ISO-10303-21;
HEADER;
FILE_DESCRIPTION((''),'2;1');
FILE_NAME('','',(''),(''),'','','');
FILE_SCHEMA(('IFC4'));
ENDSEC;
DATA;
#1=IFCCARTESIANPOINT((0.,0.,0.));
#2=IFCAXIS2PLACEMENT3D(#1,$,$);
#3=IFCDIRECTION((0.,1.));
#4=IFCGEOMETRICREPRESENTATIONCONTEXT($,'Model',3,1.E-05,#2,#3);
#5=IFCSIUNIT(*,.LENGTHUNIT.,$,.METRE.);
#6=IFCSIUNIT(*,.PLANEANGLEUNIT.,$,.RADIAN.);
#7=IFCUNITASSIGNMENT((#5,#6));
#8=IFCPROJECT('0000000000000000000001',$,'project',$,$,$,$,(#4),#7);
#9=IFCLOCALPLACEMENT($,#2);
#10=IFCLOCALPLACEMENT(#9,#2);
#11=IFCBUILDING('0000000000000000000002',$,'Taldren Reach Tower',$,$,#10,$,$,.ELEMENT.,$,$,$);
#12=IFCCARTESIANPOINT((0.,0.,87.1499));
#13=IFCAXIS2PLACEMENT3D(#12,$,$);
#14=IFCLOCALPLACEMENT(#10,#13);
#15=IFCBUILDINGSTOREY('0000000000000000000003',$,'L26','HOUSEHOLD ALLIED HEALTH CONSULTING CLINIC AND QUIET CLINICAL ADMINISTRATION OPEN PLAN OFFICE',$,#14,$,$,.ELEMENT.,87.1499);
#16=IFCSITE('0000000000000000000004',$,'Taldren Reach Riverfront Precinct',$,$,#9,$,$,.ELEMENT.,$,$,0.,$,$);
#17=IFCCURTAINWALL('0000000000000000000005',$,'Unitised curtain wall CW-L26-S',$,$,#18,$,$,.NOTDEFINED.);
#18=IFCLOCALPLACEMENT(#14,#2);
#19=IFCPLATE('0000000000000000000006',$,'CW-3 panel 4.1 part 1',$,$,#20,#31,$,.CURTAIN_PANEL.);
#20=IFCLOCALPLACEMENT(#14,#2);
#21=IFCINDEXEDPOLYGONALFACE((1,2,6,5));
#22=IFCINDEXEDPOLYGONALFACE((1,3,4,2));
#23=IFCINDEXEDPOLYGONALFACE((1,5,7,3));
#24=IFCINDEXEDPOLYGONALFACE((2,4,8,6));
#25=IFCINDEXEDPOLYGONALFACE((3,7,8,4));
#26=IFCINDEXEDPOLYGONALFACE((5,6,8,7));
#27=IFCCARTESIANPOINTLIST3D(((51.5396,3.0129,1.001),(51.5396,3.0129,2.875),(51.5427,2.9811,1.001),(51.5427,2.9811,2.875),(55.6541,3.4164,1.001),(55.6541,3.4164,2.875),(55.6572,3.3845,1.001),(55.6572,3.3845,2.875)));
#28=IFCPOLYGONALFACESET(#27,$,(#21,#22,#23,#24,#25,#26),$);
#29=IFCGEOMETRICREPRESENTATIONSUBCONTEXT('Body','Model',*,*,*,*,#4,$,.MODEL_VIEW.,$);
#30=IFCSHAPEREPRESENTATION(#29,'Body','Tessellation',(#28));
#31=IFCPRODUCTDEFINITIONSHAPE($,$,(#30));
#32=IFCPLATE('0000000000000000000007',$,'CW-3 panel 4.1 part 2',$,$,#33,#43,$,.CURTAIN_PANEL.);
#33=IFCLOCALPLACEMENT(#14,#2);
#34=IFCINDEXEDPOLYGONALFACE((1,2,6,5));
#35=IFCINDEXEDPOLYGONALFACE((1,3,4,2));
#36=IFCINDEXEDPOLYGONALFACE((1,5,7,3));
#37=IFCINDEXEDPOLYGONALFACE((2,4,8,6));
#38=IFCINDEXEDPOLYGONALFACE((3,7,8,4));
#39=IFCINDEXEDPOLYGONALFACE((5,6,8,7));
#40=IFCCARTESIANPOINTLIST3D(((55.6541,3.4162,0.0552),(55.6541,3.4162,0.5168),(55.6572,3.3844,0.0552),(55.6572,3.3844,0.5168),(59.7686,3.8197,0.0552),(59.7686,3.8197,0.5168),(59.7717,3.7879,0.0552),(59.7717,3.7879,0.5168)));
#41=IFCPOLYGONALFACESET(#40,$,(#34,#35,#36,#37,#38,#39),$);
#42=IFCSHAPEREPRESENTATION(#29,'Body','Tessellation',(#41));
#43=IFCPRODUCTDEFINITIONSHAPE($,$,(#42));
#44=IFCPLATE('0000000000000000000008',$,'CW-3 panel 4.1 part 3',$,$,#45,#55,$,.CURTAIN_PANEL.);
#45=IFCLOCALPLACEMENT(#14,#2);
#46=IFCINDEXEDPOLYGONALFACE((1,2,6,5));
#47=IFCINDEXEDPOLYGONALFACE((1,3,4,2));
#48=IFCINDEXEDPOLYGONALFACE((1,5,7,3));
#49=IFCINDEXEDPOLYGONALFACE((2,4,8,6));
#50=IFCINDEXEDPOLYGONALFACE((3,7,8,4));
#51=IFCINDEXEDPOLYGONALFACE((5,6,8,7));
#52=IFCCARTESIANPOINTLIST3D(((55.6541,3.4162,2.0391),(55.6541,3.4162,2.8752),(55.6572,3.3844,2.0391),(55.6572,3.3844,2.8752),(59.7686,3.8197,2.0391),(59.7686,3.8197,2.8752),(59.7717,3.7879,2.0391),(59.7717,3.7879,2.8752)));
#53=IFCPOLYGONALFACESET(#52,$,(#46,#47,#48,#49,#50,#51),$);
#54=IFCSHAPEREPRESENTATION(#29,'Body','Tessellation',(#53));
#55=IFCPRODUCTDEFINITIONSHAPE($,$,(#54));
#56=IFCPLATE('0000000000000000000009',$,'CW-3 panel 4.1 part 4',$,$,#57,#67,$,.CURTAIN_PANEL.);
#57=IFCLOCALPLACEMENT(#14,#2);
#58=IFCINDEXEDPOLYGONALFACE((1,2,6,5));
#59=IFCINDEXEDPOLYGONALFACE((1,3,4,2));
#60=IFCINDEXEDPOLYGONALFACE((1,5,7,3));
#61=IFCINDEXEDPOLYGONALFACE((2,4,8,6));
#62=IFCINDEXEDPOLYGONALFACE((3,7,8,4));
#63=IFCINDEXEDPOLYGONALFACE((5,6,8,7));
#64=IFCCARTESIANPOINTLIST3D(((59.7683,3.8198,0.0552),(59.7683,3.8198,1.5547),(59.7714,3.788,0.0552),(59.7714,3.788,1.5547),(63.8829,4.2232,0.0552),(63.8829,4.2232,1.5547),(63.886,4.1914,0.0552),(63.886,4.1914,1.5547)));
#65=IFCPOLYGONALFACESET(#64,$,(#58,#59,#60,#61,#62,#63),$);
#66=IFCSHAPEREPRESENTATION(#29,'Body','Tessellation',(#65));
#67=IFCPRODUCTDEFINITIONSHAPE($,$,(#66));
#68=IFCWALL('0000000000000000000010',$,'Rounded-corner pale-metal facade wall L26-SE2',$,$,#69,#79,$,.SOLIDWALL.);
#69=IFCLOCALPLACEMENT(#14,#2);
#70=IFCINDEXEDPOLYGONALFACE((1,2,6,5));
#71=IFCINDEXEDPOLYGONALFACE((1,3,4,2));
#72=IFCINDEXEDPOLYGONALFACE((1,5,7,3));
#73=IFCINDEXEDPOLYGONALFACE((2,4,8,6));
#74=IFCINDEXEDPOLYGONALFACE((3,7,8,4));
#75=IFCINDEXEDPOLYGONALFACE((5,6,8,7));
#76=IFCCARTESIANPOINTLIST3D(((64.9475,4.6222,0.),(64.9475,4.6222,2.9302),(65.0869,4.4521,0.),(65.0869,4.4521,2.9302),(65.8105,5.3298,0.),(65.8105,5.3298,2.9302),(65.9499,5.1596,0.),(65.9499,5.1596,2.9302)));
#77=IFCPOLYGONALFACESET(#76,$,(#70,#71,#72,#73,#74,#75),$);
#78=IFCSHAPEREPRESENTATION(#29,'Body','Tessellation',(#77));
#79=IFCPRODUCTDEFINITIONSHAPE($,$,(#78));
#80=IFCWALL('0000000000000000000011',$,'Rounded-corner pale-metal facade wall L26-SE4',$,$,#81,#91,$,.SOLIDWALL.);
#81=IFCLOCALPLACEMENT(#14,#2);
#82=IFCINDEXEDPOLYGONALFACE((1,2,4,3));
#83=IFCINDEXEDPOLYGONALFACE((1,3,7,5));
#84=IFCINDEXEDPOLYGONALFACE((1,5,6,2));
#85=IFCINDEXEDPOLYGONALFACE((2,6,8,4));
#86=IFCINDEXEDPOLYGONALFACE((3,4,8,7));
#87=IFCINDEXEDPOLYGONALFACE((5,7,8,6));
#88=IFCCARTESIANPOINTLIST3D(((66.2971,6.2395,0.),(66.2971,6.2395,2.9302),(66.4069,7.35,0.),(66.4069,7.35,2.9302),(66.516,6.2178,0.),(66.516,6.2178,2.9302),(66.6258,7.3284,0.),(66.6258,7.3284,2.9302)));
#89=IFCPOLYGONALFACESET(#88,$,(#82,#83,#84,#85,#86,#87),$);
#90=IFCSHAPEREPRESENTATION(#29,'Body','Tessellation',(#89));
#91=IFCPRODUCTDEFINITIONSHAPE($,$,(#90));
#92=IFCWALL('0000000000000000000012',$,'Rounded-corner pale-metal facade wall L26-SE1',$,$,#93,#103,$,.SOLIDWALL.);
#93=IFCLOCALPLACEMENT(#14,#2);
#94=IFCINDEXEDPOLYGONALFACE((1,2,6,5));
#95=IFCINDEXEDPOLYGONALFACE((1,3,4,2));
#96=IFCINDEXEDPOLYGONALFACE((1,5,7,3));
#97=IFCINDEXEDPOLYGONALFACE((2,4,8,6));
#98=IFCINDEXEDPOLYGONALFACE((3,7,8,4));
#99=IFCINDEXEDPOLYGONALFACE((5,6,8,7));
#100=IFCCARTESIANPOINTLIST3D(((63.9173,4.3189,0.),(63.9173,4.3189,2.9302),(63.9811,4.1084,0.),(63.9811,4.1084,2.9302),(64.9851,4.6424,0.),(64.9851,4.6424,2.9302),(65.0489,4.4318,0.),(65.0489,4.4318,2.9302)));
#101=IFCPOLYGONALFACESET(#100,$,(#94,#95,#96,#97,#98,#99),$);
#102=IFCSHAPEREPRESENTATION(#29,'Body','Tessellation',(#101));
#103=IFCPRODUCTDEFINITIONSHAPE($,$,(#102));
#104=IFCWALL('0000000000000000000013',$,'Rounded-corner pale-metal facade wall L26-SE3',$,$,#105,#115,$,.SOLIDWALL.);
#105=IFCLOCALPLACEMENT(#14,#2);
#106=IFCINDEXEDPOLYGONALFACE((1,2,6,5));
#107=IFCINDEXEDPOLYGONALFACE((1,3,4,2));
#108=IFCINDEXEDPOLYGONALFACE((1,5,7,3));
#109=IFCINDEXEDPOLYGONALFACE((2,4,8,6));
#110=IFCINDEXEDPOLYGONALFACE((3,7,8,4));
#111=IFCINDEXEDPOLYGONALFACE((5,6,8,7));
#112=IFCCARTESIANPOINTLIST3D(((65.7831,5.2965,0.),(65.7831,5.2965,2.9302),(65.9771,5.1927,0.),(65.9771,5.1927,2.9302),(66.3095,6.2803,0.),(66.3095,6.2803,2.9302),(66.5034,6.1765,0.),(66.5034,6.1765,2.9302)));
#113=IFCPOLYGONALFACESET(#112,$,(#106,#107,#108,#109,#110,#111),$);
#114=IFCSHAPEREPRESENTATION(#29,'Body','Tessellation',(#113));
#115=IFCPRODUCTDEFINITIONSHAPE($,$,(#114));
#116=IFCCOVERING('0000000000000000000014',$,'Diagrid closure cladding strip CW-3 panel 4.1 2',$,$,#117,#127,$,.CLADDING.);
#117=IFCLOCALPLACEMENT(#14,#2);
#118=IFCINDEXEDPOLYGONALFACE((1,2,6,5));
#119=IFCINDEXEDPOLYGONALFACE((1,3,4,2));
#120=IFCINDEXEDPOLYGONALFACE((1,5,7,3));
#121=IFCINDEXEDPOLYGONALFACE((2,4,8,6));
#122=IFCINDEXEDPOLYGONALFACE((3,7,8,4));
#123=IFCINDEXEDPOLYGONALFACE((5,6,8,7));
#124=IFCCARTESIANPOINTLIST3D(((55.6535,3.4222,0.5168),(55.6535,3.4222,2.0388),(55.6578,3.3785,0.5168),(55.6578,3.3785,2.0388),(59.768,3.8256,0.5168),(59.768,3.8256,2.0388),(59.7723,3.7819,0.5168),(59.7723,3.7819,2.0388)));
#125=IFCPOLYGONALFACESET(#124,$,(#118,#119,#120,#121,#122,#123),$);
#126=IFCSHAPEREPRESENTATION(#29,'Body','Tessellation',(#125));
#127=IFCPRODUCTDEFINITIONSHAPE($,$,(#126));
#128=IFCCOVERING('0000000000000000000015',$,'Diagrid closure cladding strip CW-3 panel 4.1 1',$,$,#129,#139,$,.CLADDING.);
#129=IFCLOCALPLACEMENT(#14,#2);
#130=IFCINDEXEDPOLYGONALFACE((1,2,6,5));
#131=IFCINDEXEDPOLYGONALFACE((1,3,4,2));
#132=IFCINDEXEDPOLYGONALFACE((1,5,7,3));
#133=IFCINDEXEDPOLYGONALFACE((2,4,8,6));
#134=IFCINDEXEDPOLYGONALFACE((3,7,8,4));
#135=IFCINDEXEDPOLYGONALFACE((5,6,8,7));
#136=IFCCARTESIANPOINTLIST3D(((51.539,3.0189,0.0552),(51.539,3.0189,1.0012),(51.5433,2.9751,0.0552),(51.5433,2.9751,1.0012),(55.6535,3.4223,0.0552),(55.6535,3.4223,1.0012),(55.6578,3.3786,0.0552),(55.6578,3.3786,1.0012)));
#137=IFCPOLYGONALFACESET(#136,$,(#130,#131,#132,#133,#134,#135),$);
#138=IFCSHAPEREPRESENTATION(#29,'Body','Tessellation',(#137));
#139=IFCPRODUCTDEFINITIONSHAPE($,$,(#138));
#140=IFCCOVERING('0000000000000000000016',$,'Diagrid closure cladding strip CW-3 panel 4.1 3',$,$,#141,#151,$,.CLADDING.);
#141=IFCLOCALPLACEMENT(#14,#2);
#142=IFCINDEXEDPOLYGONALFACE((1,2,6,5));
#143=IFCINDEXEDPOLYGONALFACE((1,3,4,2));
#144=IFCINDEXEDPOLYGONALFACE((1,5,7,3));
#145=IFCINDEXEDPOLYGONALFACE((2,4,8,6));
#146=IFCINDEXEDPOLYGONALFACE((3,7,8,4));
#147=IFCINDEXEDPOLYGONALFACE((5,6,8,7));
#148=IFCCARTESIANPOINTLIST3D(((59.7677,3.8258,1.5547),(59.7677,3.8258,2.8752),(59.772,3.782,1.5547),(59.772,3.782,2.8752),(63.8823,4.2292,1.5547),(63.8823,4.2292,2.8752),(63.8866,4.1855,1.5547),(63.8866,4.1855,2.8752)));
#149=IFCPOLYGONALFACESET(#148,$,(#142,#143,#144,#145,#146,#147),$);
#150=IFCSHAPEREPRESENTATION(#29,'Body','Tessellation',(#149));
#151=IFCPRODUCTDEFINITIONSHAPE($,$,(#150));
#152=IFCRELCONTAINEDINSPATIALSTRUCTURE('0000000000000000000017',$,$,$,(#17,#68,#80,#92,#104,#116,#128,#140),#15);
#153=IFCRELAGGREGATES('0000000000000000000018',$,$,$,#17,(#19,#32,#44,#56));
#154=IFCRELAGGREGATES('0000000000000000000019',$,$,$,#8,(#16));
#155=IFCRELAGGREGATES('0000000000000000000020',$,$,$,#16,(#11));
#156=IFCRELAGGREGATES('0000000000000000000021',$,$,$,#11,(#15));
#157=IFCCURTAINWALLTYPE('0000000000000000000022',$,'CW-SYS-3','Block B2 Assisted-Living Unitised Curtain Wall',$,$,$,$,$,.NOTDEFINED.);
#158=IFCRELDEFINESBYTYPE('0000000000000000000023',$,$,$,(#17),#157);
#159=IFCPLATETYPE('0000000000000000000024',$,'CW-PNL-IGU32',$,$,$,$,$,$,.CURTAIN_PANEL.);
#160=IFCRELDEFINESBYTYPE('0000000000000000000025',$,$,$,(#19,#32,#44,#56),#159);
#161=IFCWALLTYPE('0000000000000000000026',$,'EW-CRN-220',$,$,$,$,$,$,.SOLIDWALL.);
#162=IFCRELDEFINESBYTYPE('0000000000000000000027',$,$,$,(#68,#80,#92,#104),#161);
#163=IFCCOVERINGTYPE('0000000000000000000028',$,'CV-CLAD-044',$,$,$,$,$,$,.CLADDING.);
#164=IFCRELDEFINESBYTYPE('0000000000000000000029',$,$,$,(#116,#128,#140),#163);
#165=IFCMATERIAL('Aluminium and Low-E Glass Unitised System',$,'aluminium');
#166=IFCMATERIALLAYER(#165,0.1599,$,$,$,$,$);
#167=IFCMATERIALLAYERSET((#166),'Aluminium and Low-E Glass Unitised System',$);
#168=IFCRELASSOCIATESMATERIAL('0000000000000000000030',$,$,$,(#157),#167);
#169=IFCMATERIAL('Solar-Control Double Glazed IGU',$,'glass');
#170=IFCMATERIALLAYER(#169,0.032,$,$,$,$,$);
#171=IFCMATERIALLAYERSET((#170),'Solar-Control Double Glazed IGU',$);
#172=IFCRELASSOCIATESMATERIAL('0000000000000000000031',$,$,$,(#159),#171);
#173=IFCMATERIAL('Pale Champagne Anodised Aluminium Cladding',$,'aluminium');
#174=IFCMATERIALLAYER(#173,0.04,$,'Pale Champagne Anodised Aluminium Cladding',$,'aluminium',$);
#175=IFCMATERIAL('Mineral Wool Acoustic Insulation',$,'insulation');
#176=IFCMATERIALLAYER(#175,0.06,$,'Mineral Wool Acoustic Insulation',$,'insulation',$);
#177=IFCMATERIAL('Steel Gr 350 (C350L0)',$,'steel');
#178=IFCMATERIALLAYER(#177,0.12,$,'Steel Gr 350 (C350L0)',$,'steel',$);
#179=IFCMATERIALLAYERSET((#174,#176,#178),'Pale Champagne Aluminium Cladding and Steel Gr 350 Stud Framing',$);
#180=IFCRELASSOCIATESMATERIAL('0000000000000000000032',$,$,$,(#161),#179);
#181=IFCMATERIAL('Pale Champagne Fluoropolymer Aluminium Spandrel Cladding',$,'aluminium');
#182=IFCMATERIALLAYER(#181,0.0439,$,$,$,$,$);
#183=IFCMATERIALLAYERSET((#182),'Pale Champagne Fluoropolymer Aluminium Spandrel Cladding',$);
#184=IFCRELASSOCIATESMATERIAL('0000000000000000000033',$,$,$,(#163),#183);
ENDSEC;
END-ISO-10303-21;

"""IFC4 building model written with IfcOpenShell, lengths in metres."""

from ifc_helpers import new_model, si_unit, direction, frame, frame_2d, origin, origin_2d, place, context, subcontext, project, spatial, rectangle, extrude, source, transform, mapped, material, layer, layer_set, type_object, element, aggregate, save


model = new_model("IFC4")

# Units and contexts
model_context = context("Model", 3, precision=1e-05, world=origin(), true_north=direction((0.0, 1.0)))
body_context = subcontext(model_context, "Body", "Model", "MODEL_VIEW")
ifc_project = project(units=[si_unit("LENGTHUNIT", "METRE"), si_unit("PLANEANGLEUNIT", "RADIAN")], contexts=[model_context])

# Site, building, storey
site_placement = place(None, origin())
site = spatial("IfcSite", under=ifc_project, at=site_placement, Name="Taldren Reach Riverfront Precinct", CompositionType="ELEMENT", RefElevation=0.0)
building_placement = place(site_placement, origin())
building = spatial("IfcBuilding", under=site, at=building_placement, Name="Taldren Reach Tower", CompositionType="ELEMENT")
storey_placement = place(building_placement, frame((0.0, 0.0, 87.1499)))
storey = spatial("IfcBuildingStorey", under=building, at=storey_placement, Name="L26", Description="HOUSEHOLD ALLIED HEALTH CONSULTING CLINIC AND QUIET CLINICAL ADMINISTRATION OPEN PLAN OFFICE", CompositionType="ELEMENT", Elevation=87.1499)

# Shared definitions
ifc_material_1 = material(Name="Steel Gr 350 (C350L0)", Category="steel")

# Curtain wall
ifc_material_2 = material(Name="Aluminium and Low-E Glass Unitised System", Category="aluminium")
ifc_layer_1 = layer(ifc_material_2, 0.1599)
ifc_layer_set_1 = layer_set([ifc_layer_1], Name="Aluminium and Low-E Glass Unitised System")
curtain_wall_type = type_object("IfcCurtainWallType", Name="CW-SYS-3", Description="Block B2 Assisted-Living Unitised Curtain Wall", PredefinedType="NOTDEFINED", material=ifc_layer_set_1)
curtain_wall_1_placement = place(storey_placement, origin())
curtain_wall_1 = element("IfcCurtainWall", 1, at=curtain_wall_1_placement, inside=storey, type_object=curtain_wall_type, Name="Unitised curtain wall CW-L26-S", PredefinedType="NOTDEFINED")

# Plates
ifc_material_3 = material(Name="Solar-Control Double Glazed IGU", Category="glass")
ifc_layer_2 = layer(ifc_material_3, 0.032)
ifc_layer_set_2 = layer_set([ifc_layer_2], Name="Solar-Control Double Glazed IGU")
plate_type_1 = type_object("IfcPlateType", Name="CW-PNL-IGU32", PredefinedType="CURTAIN_PANEL", material=ifc_layer_set_2)
shared_shape_1 = source(origin(), body_context, "Body", "SweptSolid", [
    extrude(rectangle(XDim=4.1343, YDim=0.032, at=origin_2d()), origin(), (0.0, 0.0, 1.0), 1.874),
])
plate_1_placement = place(storey_placement, frame((53.5984, 3.1987, 1.001), z_axis=(0.0, 0.0, 1.0), x_axis=(0.995227, 0.097583, 0.0)))
plate_1 = element("IfcPlate", 2, at=plate_1_placement, type_object=plate_type_1, Name="CW-3 panel 4.1 part 1", PredefinedType="CURTAIN_PANEL", context=body_context, shape_type="MappedRepresentation", body=[
    mapped(shared_shape_1, transform((0.0, 0.0, 0.0), scale=1.0)),
])
shared_shape_2 = source(origin(), body_context, "Body", "SweptSolid", [
    extrude(rectangle(XDim=4.1343, YDim=0.032, at=origin_2d()), origin(), (0.0, 0.0, 1.0), 0.4617),
])
plate_2_placement = place(storey_placement, frame((57.7129, 3.6021, 0.0552), z_axis=(0.0, 0.0, 1.0), x_axis=(0.995227, 0.097583, 0.0)))
plate_2 = element("IfcPlate", 3, at=plate_2_placement, type_object=plate_type_1, Name="CW-3 panel 4.1 part 2", PredefinedType="CURTAIN_PANEL", context=body_context, shape_type="MappedRepresentation", body=[
    mapped(shared_shape_2, transform((0.0, 0.0, 0.0), scale=1.0)),
])
shared_shape_3 = source(origin(), body_context, "Body", "SweptSolid", [
    extrude(rectangle(XDim=4.1343, YDim=0.032, at=origin_2d()), origin(), (0.0, 0.0, 1.0), 0.8362),
])
plate_3_placement = place(storey_placement, frame((57.7129, 3.6021, 2.0391), z_axis=(0.0, 0.0, 1.0), x_axis=(0.995227, 0.097583, 0.0)))
plate_3 = element("IfcPlate", 4, at=plate_3_placement, type_object=plate_type_1, Name="CW-3 panel 4.1 part 3", PredefinedType="CURTAIN_PANEL", context=body_context, shape_type="MappedRepresentation", body=[
    mapped(shared_shape_3, transform((0.0, 0.0, 0.0), scale=1.0)),
])
shared_shape_4 = source(origin(), body_context, "Body", "SweptSolid", [
    extrude(rectangle(XDim=4.1343, YDim=0.032, at=origin_2d()), origin(), (0.0, 0.0, 1.0), 1.4995),
])
plate_4_placement = place(storey_placement, frame((61.8271, 4.0056, 0.0552), z_axis=(0.0, 0.0, 1.0), x_axis=(0.995227, 0.097583, 0.0)))
plate_4 = element("IfcPlate", 5, at=plate_4_placement, type_object=plate_type_1, Name="CW-3 panel 4.1 part 4", PredefinedType="CURTAIN_PANEL", context=body_context, shape_type="MappedRepresentation", body=[
    mapped(shared_shape_4, transform((0.0, 0.0, 0.0), scale=1.0)),
])
aggregate(curtain_wall_1, [plate_1, plate_2, plate_3, plate_4])

# Walls
ifc_material_4 = material(Name="Pale Champagne Anodised Aluminium Cladding", Category="aluminium")
ifc_layer_3 = layer(ifc_material_4, 0.04, Name="Pale Champagne Anodised Aluminium Cladding", Category="aluminium")
ifc_material_5 = material(Name="Mineral Wool Acoustic Insulation", Category="insulation")
ifc_layer_4 = layer(ifc_material_5, 0.06, Name="Mineral Wool Acoustic Insulation", Category="insulation")
ifc_layer_5 = layer(ifc_material_1, 0.12, Name="Steel Gr 350 (C350L0)", Category="steel")
ifc_layer_set_3 = layer_set([ifc_layer_3, ifc_layer_4, ifc_layer_5], Name="Pale Champagne Aluminium Cladding and Steel Gr 350 Stud Framing")
wall_type = type_object("IfcWallType", Name="EW-CRN-220", PredefinedType="SOLIDWALL", material=ifc_layer_set_3)
shared_shape_5 = source(origin(), body_context, "Body", "SweptSolid", [
    extrude(rectangle(XDim=1.116, YDim=0.22, at=frame_2d((0.5581, 0.0))), origin(), (0.0, 0.0, 1.0), 2.9302),
])
for number, where, z_axis, x_axis, name in (
    (6, (65.0171, 4.5371, 0.0), (0.0, 0.0, 1.0), (0.773343, 0.633988, 0.0), "Rounded-corner pale-metal facade wall L26-SE2"),
    (7, (66.4065, 6.2285, 0.0), (0.0, 0.0, 1.0), (0.098442, 0.995143, 0.0), "Rounded-corner pale-metal facade wall L26-SE4"),
):
    element("IfcWall", number, at=place(storey_placement, frame(where, z_axis=z_axis, x_axis=x_axis)), inside=storey, type_object=wall_type, Name=name, PredefinedType="SOLIDWALL", context=body_context, shape_type="MappedRepresentation", body=[
        mapped(shared_shape_5, transform((0.0, 0.0, 0.0), scale=1.0)),
    ])
shared_shape_6 = source(origin(), body_context, "Body", "SweptSolid", [
    extrude(rectangle(XDim=1.1157, YDim=0.22, at=frame_2d((0.5579, 0.0))), origin(), (0.0, 0.0, 1.0), 2.9302),
])
for number, where, z_axis, x_axis, name in (
    (8, (63.9492, 4.2136, 0.0), (0.0, 0.0, 1.0), (0.957052, 0.289916, 0.0), "Rounded-corner pale-metal facade wall L26-SE1"),
    (9, (65.8801, 5.2446, 0.0), (0.0, 0.0, 1.0), (0.471723, 0.881747, 0.0), "Rounded-corner pale-metal facade wall L26-SE3"),
):
    element("IfcWall", number, at=place(storey_placement, frame(where, z_axis=z_axis, x_axis=x_axis)), inside=storey, type_object=wall_type, Name=name, PredefinedType="SOLIDWALL", context=body_context, shape_type="MappedRepresentation", body=[
        mapped(shared_shape_6, transform((0.0, 0.0, 0.0), scale=1.0)),
    ])

# Coverings
ifc_material_6 = material(Name="Pale Champagne Fluoropolymer Aluminium Spandrel Cladding", Category="aluminium")
ifc_layer_6 = layer(ifc_material_6, 0.0439)
ifc_layer_set_4 = layer_set([ifc_layer_6], Name="Pale Champagne Fluoropolymer Aluminium Spandrel Cladding")
covering_type = type_object("IfcCoveringType", Name="CV-CLAD-044", PredefinedType="CLADDING", material=ifc_layer_set_4)
shared_shape_7 = source(origin(), body_context, "Body", "SweptSolid", [
    extrude(rectangle(XDim=4.1343, YDim=0.0439, at=origin_2d()), origin(), (0.0, 0.0, 1.0), 1.522),
])
covering_1_placement = place(storey_placement, frame((57.7129, 3.6021, 0.5168), z_axis=(0.0, 0.0, 1.0), x_axis=(0.995227, 0.097583, 0.0)))
element("IfcCovering", 10, at=covering_1_placement, inside=storey, type_object=covering_type, Name="Diagrid closure cladding strip CW-3 panel 4.1 2", PredefinedType="CLADDING", context=body_context, shape_type="MappedRepresentation", body=[
    mapped(shared_shape_7, transform((0.0, 0.0, 0.0), scale=1.0)),
])
shared_shape_8 = source(origin(), body_context, "Body", "SweptSolid", [
    extrude(rectangle(XDim=4.1343, YDim=0.0439, at=origin_2d()), origin(), (0.0, 0.0, 1.0), 0.946),
])
covering_2_placement = place(storey_placement, frame((53.5984, 3.1987, 0.0552), z_axis=(0.0, 0.0, 1.0), x_axis=(0.995227, 0.097583, 0.0)))
element("IfcCovering", 11, at=covering_2_placement, inside=storey, type_object=covering_type, Name="Diagrid closure cladding strip CW-3 panel 4.1 1", PredefinedType="CLADDING", context=body_context, shape_type="MappedRepresentation", body=[
    mapped(shared_shape_8, transform((0.0, 0.0, 0.0), scale=1.0)),
])
shared_shape_9 = source(origin(), body_context, "Body", "SweptSolid", [
    extrude(rectangle(XDim=4.1343, YDim=0.0439, at=origin_2d()), origin(), (0.0, 0.0, 1.0), 1.3206),
])
covering_3_placement = place(storey_placement, frame((61.8271, 4.0056, 1.5547), z_axis=(0.0, 0.0, 1.0), x_axis=(0.995227, 0.097583, 0.0)))
element("IfcCovering", 12, at=covering_3_placement, inside=storey, type_object=covering_type, Name="Diagrid closure cladding strip CW-3 panel 4.1 3", PredefinedType="CLADDING", context=body_context, shape_type="MappedRepresentation", body=[
    mapped(shared_shape_9, transform((0.0, 0.0, 0.0), scale=1.0)),
])

save(model, "model.ifc")
